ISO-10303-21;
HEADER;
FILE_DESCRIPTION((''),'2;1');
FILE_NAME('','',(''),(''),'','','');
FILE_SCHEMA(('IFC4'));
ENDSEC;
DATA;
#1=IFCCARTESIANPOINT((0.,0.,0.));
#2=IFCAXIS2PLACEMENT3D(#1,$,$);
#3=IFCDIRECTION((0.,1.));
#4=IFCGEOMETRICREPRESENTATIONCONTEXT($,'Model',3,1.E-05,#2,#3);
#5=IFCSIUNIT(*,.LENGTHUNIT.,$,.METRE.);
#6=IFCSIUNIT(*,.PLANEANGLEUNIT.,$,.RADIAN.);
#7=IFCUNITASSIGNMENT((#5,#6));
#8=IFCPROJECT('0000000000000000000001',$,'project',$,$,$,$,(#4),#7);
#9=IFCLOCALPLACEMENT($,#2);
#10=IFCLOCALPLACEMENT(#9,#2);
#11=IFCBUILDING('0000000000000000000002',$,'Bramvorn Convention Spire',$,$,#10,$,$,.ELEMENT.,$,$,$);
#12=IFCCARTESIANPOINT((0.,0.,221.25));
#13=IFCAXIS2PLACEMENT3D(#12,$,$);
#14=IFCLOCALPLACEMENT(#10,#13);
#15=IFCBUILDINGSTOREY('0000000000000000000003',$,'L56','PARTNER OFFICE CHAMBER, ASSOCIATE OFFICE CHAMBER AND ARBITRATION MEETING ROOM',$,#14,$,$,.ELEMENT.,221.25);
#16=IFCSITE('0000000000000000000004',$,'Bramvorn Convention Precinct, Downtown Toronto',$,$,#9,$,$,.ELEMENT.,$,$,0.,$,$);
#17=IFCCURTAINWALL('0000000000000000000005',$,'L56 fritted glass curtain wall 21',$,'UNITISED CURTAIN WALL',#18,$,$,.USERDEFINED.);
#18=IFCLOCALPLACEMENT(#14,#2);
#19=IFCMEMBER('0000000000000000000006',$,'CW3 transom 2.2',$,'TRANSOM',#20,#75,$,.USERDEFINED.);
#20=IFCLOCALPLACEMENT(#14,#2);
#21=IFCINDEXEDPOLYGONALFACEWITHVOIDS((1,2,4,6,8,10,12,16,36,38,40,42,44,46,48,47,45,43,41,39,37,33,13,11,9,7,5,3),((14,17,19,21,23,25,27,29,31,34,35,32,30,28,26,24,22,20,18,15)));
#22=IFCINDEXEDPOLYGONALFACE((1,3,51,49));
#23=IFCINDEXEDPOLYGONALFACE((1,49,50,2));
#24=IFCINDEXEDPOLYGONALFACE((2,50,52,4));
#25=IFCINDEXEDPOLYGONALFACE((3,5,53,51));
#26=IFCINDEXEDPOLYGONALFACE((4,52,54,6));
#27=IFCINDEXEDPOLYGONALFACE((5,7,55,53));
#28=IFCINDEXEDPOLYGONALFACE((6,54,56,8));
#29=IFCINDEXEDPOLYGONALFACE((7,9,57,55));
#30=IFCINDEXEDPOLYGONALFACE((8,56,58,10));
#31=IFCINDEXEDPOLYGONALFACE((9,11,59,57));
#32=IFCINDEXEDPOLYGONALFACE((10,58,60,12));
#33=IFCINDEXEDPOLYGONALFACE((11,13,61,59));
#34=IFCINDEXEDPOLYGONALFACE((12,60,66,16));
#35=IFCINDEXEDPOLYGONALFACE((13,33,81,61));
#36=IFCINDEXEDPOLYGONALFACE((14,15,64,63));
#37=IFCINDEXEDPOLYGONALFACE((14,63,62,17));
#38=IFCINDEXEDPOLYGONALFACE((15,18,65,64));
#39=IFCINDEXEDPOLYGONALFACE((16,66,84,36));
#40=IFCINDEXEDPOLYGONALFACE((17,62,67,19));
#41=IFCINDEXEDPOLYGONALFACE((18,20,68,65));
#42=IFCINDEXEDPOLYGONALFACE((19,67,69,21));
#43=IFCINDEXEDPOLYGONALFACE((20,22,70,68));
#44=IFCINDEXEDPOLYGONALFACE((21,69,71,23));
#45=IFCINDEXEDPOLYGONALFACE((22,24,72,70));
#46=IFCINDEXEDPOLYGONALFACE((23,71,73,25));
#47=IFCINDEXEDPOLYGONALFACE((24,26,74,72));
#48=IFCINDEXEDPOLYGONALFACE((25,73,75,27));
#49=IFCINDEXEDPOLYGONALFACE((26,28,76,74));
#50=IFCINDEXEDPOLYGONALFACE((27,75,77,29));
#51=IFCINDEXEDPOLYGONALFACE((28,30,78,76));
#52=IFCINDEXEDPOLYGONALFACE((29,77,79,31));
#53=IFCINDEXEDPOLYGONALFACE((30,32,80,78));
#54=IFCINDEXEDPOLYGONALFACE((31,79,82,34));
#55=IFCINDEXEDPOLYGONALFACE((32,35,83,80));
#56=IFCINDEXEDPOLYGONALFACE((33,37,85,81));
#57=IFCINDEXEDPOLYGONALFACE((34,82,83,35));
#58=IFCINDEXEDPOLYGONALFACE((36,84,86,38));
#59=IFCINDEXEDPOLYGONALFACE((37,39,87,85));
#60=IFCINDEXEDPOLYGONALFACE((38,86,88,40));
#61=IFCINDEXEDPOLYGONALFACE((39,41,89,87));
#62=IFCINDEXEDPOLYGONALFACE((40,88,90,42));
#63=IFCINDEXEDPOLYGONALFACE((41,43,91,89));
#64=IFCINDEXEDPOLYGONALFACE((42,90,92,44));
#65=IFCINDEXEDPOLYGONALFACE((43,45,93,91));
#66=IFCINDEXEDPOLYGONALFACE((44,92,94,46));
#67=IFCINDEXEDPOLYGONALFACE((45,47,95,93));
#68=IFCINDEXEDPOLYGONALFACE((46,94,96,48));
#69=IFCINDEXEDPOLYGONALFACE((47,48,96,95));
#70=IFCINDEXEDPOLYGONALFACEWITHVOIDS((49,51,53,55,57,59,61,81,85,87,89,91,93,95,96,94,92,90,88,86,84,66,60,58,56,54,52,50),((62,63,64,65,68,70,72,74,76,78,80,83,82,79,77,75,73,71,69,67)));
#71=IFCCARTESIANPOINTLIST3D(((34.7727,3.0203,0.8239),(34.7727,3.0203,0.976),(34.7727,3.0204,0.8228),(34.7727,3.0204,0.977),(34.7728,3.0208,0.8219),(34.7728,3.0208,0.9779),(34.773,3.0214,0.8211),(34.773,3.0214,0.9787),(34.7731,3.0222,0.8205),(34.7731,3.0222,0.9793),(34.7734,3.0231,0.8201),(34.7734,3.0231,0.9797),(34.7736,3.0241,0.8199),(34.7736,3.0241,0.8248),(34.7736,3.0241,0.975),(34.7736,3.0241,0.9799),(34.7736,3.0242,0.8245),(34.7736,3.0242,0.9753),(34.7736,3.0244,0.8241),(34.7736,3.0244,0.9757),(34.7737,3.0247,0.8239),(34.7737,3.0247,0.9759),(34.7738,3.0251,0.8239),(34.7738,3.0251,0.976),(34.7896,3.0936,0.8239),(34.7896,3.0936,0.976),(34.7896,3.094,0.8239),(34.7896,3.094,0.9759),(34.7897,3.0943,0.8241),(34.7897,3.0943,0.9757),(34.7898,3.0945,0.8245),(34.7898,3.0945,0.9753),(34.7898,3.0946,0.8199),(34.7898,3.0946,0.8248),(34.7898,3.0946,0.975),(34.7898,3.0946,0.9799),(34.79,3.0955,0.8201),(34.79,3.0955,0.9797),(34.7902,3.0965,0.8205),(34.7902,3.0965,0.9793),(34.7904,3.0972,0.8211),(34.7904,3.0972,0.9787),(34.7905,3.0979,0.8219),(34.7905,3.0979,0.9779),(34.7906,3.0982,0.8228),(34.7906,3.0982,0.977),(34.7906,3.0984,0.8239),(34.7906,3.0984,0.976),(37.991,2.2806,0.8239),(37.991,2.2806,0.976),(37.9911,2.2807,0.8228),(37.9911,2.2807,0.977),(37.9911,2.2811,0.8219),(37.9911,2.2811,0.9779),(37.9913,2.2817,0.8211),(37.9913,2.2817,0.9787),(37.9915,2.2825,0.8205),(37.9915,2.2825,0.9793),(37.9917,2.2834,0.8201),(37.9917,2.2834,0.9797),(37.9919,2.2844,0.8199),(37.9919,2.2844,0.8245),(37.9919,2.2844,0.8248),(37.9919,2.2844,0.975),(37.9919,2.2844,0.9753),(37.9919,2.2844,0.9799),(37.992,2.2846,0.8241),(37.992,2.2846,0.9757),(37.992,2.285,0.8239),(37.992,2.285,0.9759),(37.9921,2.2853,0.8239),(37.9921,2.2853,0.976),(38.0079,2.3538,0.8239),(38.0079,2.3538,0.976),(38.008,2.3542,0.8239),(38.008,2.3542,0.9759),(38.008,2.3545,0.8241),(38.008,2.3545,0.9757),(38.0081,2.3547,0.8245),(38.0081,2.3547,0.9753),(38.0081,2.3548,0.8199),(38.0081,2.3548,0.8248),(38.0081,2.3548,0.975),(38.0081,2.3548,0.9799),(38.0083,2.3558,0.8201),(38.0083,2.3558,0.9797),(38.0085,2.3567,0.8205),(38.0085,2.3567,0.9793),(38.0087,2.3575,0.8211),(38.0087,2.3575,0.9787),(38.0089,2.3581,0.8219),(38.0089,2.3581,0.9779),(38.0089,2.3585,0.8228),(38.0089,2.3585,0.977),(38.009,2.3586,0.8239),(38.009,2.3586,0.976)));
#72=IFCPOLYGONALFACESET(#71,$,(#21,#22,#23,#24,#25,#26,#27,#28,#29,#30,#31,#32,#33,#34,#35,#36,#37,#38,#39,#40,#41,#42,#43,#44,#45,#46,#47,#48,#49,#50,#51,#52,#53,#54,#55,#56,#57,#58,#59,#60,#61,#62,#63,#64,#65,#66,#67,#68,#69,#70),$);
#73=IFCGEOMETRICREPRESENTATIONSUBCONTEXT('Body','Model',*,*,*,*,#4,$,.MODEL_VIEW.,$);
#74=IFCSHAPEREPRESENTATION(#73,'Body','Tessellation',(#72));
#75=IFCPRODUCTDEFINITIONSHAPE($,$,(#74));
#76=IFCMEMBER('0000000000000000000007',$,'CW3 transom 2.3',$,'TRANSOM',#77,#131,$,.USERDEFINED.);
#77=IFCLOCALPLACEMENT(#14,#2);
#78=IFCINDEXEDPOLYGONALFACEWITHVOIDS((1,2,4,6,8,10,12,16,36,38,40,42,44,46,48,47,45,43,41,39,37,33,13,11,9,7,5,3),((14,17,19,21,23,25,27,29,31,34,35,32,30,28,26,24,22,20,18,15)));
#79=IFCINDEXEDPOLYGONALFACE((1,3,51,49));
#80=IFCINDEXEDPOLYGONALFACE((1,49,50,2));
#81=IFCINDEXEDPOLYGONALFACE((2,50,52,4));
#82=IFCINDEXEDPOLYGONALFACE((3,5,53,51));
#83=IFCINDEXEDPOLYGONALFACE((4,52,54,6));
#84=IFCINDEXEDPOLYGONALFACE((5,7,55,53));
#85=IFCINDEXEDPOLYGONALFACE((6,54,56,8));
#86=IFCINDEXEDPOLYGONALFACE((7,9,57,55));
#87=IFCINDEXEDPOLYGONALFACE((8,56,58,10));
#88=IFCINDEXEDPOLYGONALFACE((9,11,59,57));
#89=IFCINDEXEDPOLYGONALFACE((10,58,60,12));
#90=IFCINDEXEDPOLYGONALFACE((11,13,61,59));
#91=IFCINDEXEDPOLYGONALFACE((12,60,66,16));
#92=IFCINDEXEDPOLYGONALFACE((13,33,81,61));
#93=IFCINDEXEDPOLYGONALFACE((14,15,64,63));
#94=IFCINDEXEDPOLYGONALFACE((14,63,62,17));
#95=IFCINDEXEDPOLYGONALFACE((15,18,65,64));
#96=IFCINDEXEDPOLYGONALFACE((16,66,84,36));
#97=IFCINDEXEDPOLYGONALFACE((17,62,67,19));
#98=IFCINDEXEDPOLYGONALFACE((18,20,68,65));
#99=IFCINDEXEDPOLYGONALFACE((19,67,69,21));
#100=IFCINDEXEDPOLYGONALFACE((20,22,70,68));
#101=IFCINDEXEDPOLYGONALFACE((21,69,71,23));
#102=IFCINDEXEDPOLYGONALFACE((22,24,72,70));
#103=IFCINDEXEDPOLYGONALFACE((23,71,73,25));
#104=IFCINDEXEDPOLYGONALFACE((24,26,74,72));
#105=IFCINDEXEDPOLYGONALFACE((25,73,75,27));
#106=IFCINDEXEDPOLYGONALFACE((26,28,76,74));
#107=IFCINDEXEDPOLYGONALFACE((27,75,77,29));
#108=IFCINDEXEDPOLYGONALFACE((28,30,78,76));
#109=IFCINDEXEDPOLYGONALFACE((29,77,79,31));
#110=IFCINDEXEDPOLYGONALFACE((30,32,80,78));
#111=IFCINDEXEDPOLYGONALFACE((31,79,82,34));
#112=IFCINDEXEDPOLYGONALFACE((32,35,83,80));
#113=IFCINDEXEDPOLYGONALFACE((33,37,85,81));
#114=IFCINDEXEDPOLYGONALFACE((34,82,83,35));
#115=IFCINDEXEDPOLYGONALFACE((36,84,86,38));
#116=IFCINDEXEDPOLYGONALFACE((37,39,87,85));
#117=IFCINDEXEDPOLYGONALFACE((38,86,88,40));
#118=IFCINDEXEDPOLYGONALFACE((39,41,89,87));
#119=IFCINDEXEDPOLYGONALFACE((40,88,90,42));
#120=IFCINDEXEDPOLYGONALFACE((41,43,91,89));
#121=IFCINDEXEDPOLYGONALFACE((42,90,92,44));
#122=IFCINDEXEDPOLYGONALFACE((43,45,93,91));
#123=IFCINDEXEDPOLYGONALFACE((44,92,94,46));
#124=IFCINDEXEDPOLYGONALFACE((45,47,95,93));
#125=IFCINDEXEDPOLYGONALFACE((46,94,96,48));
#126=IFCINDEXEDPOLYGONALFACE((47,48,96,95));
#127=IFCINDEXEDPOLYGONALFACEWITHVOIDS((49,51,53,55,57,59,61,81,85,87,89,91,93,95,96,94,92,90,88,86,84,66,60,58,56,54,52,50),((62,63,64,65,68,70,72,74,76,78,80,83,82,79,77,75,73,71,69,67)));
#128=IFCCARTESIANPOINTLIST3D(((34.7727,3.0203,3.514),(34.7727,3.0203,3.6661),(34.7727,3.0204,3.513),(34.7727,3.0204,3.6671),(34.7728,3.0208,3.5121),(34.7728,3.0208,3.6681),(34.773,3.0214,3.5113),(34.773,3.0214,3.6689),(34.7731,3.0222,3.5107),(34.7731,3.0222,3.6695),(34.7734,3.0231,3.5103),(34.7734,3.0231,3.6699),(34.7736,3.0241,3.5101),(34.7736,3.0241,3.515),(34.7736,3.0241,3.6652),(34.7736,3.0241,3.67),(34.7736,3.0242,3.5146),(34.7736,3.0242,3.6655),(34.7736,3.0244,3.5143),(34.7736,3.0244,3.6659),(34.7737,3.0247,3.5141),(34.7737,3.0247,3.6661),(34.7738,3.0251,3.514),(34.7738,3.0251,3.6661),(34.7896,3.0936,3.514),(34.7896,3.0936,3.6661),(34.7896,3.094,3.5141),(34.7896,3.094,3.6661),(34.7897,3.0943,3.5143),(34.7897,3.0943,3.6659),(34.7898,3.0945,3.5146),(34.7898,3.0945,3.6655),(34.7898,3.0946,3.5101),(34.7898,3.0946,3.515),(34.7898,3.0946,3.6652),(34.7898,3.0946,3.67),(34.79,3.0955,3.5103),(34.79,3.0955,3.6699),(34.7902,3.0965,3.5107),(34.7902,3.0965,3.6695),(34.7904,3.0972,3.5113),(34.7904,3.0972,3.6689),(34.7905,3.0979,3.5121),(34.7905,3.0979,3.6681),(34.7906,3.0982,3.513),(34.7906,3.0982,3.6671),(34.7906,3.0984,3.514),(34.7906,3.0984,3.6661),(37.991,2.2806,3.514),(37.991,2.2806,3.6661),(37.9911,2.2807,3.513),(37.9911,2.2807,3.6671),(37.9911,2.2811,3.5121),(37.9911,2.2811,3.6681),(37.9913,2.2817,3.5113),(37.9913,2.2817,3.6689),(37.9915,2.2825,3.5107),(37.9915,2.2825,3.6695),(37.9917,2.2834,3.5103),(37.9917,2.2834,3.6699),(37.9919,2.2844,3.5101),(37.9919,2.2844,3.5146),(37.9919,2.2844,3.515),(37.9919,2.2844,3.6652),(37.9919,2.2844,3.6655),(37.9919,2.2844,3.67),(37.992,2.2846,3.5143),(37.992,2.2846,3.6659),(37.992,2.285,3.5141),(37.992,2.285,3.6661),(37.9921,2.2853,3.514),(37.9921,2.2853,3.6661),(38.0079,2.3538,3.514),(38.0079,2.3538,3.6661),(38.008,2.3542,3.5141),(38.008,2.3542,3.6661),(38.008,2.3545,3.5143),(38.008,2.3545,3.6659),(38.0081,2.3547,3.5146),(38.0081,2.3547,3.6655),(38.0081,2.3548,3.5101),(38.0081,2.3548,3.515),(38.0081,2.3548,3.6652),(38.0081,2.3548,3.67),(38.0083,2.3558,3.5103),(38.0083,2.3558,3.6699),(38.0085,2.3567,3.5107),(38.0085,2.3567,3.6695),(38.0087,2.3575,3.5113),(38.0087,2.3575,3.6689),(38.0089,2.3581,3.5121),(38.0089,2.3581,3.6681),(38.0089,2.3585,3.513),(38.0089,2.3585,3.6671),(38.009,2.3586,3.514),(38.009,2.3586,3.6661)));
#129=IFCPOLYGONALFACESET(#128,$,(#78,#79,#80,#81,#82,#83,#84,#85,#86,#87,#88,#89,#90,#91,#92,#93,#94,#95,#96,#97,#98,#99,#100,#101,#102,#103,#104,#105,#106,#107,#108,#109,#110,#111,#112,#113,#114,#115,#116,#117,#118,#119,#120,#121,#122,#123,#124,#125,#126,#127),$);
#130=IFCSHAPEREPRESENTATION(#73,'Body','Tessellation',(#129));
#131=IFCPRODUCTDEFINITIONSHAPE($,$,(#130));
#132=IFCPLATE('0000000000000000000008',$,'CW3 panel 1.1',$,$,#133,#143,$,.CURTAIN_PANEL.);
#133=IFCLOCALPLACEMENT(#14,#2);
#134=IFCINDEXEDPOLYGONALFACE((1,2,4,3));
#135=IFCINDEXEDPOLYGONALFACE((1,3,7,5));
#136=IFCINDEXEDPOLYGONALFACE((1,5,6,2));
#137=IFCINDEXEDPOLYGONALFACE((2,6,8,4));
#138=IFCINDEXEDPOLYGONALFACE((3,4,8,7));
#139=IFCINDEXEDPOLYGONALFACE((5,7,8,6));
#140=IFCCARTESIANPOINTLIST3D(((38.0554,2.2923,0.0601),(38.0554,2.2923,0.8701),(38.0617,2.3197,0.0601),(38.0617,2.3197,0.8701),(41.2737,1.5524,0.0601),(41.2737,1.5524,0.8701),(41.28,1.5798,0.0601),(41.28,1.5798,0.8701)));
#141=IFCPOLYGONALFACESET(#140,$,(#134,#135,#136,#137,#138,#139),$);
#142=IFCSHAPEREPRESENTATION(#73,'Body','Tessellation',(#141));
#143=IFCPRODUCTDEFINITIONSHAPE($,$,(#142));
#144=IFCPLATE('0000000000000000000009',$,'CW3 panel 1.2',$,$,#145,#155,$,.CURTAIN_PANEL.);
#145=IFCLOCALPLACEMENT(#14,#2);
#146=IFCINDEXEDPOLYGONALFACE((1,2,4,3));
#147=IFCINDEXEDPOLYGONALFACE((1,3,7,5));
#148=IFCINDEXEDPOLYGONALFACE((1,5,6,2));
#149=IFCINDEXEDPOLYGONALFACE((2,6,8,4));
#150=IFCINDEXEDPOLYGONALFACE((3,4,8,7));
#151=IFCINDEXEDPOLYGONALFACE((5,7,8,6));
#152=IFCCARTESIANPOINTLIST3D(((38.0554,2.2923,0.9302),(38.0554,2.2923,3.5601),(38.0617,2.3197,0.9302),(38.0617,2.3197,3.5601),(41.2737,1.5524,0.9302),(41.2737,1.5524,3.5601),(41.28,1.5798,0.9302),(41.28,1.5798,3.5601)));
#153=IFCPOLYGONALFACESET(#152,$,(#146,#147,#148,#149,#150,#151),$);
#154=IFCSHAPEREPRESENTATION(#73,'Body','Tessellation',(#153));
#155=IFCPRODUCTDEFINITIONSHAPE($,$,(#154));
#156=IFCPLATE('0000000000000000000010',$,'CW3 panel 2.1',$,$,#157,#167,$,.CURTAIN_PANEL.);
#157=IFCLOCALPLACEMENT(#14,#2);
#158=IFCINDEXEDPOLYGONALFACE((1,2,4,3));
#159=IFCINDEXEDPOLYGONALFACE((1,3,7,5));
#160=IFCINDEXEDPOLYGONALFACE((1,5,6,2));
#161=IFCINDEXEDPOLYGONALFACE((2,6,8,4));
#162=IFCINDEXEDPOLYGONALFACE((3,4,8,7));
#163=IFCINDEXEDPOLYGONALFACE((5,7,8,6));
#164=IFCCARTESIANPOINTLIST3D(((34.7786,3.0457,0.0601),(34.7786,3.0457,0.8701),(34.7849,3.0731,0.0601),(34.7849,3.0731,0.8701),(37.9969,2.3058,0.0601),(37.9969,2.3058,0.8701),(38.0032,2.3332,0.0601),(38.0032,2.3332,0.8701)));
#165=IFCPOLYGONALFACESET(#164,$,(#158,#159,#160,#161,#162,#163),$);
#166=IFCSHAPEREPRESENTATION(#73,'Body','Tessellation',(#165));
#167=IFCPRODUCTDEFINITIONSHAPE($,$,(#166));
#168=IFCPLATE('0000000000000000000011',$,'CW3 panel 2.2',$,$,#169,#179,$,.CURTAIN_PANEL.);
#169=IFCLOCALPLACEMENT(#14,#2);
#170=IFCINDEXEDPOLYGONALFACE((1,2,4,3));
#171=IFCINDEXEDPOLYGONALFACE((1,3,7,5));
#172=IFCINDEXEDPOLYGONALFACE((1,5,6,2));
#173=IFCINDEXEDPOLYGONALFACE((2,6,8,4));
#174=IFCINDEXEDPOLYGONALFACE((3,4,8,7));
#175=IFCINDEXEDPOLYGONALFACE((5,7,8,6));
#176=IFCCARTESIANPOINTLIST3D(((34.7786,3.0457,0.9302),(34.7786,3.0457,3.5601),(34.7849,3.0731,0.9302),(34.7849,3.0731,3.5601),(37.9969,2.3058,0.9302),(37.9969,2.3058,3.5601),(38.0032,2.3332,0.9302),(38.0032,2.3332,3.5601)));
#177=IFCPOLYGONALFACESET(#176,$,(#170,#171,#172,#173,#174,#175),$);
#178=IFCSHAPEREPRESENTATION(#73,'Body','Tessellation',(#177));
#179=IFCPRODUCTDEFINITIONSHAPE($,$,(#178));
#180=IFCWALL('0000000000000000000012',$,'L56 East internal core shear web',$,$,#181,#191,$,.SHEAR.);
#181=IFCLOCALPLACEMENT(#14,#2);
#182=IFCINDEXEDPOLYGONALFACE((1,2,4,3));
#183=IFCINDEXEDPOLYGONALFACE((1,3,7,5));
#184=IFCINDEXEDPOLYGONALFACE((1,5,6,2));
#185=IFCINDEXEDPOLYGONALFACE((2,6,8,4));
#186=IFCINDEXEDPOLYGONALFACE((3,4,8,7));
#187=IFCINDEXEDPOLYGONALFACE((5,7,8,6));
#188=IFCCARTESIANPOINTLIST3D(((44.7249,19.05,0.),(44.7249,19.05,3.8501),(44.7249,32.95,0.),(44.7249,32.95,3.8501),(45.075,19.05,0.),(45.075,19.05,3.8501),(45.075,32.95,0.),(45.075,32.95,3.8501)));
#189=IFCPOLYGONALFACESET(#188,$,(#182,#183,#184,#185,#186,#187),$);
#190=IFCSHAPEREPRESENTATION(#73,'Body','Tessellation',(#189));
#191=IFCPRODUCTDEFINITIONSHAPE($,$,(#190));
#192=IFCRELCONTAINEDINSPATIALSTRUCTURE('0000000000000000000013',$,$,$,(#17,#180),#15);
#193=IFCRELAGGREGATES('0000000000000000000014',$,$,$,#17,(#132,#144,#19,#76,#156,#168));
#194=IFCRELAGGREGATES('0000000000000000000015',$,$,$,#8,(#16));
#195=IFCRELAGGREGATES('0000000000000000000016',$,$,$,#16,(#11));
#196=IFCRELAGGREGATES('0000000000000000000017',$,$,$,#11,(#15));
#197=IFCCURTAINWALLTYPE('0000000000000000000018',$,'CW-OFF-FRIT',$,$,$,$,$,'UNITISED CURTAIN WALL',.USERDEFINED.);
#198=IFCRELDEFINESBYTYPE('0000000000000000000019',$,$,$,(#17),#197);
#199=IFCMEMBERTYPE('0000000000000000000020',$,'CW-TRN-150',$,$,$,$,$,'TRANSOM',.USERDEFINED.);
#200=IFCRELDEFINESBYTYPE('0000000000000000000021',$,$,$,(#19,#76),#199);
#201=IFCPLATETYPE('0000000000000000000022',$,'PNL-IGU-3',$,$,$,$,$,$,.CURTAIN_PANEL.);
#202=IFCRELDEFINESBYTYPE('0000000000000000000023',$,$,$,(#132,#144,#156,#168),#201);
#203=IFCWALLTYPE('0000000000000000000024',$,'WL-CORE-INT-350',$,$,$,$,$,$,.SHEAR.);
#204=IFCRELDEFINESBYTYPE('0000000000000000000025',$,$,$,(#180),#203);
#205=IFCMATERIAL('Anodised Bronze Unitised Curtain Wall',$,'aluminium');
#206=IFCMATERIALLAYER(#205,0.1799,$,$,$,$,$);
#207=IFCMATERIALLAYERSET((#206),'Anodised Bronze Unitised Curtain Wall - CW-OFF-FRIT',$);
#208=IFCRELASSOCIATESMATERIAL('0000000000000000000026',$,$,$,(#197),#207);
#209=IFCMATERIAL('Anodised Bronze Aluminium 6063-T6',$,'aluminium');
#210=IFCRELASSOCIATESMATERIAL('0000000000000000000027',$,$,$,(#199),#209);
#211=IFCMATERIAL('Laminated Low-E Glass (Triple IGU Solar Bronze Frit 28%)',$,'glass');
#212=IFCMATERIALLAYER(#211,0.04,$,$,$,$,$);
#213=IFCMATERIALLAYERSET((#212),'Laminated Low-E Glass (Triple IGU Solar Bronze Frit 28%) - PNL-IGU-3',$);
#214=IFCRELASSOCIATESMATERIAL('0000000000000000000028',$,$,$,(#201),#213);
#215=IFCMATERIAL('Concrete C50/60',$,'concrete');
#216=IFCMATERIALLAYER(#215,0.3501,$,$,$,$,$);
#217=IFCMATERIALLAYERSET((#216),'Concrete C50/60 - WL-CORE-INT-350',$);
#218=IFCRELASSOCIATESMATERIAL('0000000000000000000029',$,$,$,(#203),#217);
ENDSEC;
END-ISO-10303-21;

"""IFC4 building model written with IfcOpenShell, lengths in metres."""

from ifc_helpers import new_model, si_unit, direction, frame, frame_2d, origin, origin_2d, place, context, subcontext, project, spatial, rectangle, hollow_rectangle, extrude, material, layer, layer_set, material_profile, profile_set, type_object, element, aggregate, save


model = new_model("IFC4")

# Units and contexts
model_context = context("Model", 3, precision=1e-05, world=origin(), true_north=direction((0.0, 1.0)))
body_context = subcontext(model_context, "Body", "Model", "MODEL_VIEW")
ifc_project = project(units=[si_unit("LENGTHUNIT", "METRE"), si_unit("PLANEANGLEUNIT", "RADIAN")], contexts=[model_context])

# Site, building, storey
site_placement = place(None, origin())
site = spatial("IfcSite", under=ifc_project, at=site_placement, Name="Bramvorn Convention Precinct, Downtown Toronto", CompositionType="ELEMENT", RefElevation=0.0)
building_placement = place(site_placement, origin())
building = spatial("IfcBuilding", under=site, at=building_placement, Name="Bramvorn Convention Spire", CompositionType="ELEMENT")
storey_placement = place(building_placement, frame((0.0, 0.0, 221.25)))
storey = spatial("IfcBuildingStorey", under=building, at=storey_placement, Name="L56", Description="PARTNER OFFICE CHAMBER, ASSOCIATE OFFICE CHAMBER AND ARBITRATION MEETING ROOM", CompositionType="ELEMENT", Elevation=221.25)

# Curtain wall, members, plates
ifc_material_1 = material(Name="Anodised Bronze Unitised Curtain Wall", Category="aluminium")
ifc_layer_1 = layer(ifc_material_1, 0.1799)
ifc_layer_set_1 = layer_set([ifc_layer_1], Name="Anodised Bronze Unitised Curtain Wall - CW-OFF-FRIT")
curtain_wall_type = type_object("IfcCurtainWallType", Name="CW-OFF-FRIT", ElementType="UNITISED CURTAIN WALL", PredefinedType="USERDEFINED", material=ifc_layer_set_1)
curtain_wall_placement = place(storey_placement, origin())
curtain_wall = element("IfcCurtainWall", 1, at=curtain_wall_placement, inside=storey, type_object=curtain_wall_type, Name="L56 fritted glass curtain wall 21", ObjectType="UNITISED CURTAIN WALL", PredefinedType="USERDEFINED")
ifc_material_2 = material(Name="Anodised Bronze Aluminium 6063-T6", Category="aluminium")
ifc_material_profile_1 = material_profile(ifc_material_2, hollow_rectangle(XDim=0.0801, YDim=0.1599, WallThickness=0.0039, InnerFilletRadius=0.001, OuterFilletRadius=0.0039, at=origin_2d()))
ifc_profile_set_1 = profile_set([ifc_material_profile_1], Name="Anodised Bronze Aluminium 6063-T6 - CWT80X160")
member_type_1 = type_object("IfcMemberType", Name="CW-TRN-150", ElementType="TRANSOM", PredefinedType="USERDEFINED", material=ifc_profile_set_1)
member_1_placement = place(storey_placement, frame((38.0, 2.3196, 0.8999), z_axis=(-0.974585, 0.224017, 0.0), x_axis=(-0.224017, -0.974585, 0.0)))
member_1 = element("IfcMember", 2, at=member_1_placement, type_object=member_type_1, Name="CW3 transom 2.2", ObjectType="TRANSOM", PredefinedType="USERDEFINED", context=body_context, shape_type="SweptSolid", body=[
    extrude(hollow_rectangle(XDim=0.0801, YDim=0.1599, WallThickness=0.0039, InnerFilletRadius=0.001, OuterFilletRadius=0.0039, at=origin_2d()), origin(), (0.0, 0.0, 1.0), 3.3022),
])
member_2_placement = place(storey_placement, frame((38.0, 2.3196, 3.5901), z_axis=(-0.974585, 0.224017, 0.0), x_axis=(-0.224017, -0.974585, 0.0)))
member_2 = element("IfcMember", 3, at=member_2_placement, type_object=member_type_1, Name="CW3 transom 2.3", ObjectType="TRANSOM", PredefinedType="USERDEFINED", context=body_context, shape_type="SweptSolid", body=[
    extrude(hollow_rectangle(XDim=0.0801, YDim=0.1599, WallThickness=0.0039, InnerFilletRadius=0.001, OuterFilletRadius=0.0039, at=origin_2d()), origin(), (0.0, 0.0, 1.0), 3.3022),
])
ifc_material_3 = material(Name="Laminated Low-E Glass (Triple IGU Solar Bronze Frit 28%)", Category="glass")
ifc_layer_2 = layer(ifc_material_3, 0.04)
ifc_layer_set_2 = layer_set([ifc_layer_2], Name="Laminated Low-E Glass (Triple IGU Solar Bronze Frit 28%) - PNL-IGU-3")
plate_type = type_object("IfcPlateType", Name="PNL-IGU-3", PredefinedType="CURTAIN_PANEL", material=ifc_layer_set_2)
plate_1_placement = place(storey_placement, frame((39.6677, 1.936, 0.0601), z_axis=(0.0, 0.0, 1.0), x_axis=(-0.974576, 0.224055, 0.0)))
plate_1 = element("IfcPlate", 4, at=plate_1_placement, type_object=plate_type, Name="CW3 panel 1.1", PredefinedType="CURTAIN_PANEL", context=body_context, shape_type="SweptSolid", body=[
    extrude(rectangle(XDim=3.3022, YDim=0.0281, at=origin_2d()), origin(), (0.0, 0.0, 1.0), 0.8101),
])
plate_2_placement = place(storey_placement, frame((39.6677, 1.936, 0.9302), z_axis=(0.0, 0.0, 1.0), x_axis=(-0.974576, 0.224055, 0.0)))
plate_2 = element("IfcPlate", 5, at=plate_2_placement, type_object=plate_type, Name="CW3 panel 1.2", PredefinedType="CURTAIN_PANEL", context=body_context, shape_type="SweptSolid", body=[
    extrude(rectangle(XDim=3.3022, YDim=0.0281, at=origin_2d()), origin(), (0.0, 0.0, 1.0), 2.6299),
])
plate_3_placement = place(storey_placement, frame((36.3909, 2.6895, 0.0601), z_axis=(0.0, 0.0, 1.0), x_axis=(-0.974576, 0.224055, 0.0)))
plate_3 = element("IfcPlate", 6, at=plate_3_placement, type_object=plate_type, Name="CW3 panel 2.1", PredefinedType="CURTAIN_PANEL", context=body_context, shape_type="SweptSolid", body=[
    extrude(rectangle(XDim=3.3022, YDim=0.0281, at=origin_2d()), origin(), (0.0, 0.0, 1.0), 0.8101),
])
plate_4_placement = place(storey_placement, frame((36.3909, 2.6895, 0.9302), z_axis=(0.0, 0.0, 1.0), x_axis=(-0.974576, 0.224055, 0.0)))
plate_4 = element("IfcPlate", 7, at=plate_4_placement, type_object=plate_type, Name="CW3 panel 2.2", PredefinedType="CURTAIN_PANEL", context=body_context, shape_type="SweptSolid", body=[
    extrude(rectangle(XDim=3.3022, YDim=0.0281, at=origin_2d()), origin(), (0.0, 0.0, 1.0), 2.6299),
])
aggregate(curtain_wall, [plate_1, plate_2, member_1, member_2, plate_3, plate_4])

# Wall
ifc_material_4 = material(Name="Concrete C50/60", Category="concrete")
ifc_layer_3 = layer(ifc_material_4, 0.3501)
ifc_layer_set_3 = layer_set([ifc_layer_3], Name="Concrete C50/60 - WL-CORE-INT-350")
wall_type_1 = type_object("IfcWallType", Name="WL-CORE-INT-350", PredefinedType="SHEAR", material=ifc_layer_set_3)
wall_1_placement = place(storey_placement, frame((44.8999, 19.05, 0.0), z_axis=(0.0, 0.0, 1.0), x_axis=(0.0, 1.0, 0.0)))
element("IfcWall", 8, at=wall_1_placement, inside=storey, type_object=wall_type_1, Name="L56 East internal core shear web", PredefinedType="SHEAR", context=body_context, shape_type="SweptSolid", body=[
    extrude(rectangle(XDim=13.8999, YDim=0.3501, at=frame_2d((6.95, 0.0))), origin(), (0.0, 0.0, 1.0), 3.8501),
])

save(model, "model.ifc")
